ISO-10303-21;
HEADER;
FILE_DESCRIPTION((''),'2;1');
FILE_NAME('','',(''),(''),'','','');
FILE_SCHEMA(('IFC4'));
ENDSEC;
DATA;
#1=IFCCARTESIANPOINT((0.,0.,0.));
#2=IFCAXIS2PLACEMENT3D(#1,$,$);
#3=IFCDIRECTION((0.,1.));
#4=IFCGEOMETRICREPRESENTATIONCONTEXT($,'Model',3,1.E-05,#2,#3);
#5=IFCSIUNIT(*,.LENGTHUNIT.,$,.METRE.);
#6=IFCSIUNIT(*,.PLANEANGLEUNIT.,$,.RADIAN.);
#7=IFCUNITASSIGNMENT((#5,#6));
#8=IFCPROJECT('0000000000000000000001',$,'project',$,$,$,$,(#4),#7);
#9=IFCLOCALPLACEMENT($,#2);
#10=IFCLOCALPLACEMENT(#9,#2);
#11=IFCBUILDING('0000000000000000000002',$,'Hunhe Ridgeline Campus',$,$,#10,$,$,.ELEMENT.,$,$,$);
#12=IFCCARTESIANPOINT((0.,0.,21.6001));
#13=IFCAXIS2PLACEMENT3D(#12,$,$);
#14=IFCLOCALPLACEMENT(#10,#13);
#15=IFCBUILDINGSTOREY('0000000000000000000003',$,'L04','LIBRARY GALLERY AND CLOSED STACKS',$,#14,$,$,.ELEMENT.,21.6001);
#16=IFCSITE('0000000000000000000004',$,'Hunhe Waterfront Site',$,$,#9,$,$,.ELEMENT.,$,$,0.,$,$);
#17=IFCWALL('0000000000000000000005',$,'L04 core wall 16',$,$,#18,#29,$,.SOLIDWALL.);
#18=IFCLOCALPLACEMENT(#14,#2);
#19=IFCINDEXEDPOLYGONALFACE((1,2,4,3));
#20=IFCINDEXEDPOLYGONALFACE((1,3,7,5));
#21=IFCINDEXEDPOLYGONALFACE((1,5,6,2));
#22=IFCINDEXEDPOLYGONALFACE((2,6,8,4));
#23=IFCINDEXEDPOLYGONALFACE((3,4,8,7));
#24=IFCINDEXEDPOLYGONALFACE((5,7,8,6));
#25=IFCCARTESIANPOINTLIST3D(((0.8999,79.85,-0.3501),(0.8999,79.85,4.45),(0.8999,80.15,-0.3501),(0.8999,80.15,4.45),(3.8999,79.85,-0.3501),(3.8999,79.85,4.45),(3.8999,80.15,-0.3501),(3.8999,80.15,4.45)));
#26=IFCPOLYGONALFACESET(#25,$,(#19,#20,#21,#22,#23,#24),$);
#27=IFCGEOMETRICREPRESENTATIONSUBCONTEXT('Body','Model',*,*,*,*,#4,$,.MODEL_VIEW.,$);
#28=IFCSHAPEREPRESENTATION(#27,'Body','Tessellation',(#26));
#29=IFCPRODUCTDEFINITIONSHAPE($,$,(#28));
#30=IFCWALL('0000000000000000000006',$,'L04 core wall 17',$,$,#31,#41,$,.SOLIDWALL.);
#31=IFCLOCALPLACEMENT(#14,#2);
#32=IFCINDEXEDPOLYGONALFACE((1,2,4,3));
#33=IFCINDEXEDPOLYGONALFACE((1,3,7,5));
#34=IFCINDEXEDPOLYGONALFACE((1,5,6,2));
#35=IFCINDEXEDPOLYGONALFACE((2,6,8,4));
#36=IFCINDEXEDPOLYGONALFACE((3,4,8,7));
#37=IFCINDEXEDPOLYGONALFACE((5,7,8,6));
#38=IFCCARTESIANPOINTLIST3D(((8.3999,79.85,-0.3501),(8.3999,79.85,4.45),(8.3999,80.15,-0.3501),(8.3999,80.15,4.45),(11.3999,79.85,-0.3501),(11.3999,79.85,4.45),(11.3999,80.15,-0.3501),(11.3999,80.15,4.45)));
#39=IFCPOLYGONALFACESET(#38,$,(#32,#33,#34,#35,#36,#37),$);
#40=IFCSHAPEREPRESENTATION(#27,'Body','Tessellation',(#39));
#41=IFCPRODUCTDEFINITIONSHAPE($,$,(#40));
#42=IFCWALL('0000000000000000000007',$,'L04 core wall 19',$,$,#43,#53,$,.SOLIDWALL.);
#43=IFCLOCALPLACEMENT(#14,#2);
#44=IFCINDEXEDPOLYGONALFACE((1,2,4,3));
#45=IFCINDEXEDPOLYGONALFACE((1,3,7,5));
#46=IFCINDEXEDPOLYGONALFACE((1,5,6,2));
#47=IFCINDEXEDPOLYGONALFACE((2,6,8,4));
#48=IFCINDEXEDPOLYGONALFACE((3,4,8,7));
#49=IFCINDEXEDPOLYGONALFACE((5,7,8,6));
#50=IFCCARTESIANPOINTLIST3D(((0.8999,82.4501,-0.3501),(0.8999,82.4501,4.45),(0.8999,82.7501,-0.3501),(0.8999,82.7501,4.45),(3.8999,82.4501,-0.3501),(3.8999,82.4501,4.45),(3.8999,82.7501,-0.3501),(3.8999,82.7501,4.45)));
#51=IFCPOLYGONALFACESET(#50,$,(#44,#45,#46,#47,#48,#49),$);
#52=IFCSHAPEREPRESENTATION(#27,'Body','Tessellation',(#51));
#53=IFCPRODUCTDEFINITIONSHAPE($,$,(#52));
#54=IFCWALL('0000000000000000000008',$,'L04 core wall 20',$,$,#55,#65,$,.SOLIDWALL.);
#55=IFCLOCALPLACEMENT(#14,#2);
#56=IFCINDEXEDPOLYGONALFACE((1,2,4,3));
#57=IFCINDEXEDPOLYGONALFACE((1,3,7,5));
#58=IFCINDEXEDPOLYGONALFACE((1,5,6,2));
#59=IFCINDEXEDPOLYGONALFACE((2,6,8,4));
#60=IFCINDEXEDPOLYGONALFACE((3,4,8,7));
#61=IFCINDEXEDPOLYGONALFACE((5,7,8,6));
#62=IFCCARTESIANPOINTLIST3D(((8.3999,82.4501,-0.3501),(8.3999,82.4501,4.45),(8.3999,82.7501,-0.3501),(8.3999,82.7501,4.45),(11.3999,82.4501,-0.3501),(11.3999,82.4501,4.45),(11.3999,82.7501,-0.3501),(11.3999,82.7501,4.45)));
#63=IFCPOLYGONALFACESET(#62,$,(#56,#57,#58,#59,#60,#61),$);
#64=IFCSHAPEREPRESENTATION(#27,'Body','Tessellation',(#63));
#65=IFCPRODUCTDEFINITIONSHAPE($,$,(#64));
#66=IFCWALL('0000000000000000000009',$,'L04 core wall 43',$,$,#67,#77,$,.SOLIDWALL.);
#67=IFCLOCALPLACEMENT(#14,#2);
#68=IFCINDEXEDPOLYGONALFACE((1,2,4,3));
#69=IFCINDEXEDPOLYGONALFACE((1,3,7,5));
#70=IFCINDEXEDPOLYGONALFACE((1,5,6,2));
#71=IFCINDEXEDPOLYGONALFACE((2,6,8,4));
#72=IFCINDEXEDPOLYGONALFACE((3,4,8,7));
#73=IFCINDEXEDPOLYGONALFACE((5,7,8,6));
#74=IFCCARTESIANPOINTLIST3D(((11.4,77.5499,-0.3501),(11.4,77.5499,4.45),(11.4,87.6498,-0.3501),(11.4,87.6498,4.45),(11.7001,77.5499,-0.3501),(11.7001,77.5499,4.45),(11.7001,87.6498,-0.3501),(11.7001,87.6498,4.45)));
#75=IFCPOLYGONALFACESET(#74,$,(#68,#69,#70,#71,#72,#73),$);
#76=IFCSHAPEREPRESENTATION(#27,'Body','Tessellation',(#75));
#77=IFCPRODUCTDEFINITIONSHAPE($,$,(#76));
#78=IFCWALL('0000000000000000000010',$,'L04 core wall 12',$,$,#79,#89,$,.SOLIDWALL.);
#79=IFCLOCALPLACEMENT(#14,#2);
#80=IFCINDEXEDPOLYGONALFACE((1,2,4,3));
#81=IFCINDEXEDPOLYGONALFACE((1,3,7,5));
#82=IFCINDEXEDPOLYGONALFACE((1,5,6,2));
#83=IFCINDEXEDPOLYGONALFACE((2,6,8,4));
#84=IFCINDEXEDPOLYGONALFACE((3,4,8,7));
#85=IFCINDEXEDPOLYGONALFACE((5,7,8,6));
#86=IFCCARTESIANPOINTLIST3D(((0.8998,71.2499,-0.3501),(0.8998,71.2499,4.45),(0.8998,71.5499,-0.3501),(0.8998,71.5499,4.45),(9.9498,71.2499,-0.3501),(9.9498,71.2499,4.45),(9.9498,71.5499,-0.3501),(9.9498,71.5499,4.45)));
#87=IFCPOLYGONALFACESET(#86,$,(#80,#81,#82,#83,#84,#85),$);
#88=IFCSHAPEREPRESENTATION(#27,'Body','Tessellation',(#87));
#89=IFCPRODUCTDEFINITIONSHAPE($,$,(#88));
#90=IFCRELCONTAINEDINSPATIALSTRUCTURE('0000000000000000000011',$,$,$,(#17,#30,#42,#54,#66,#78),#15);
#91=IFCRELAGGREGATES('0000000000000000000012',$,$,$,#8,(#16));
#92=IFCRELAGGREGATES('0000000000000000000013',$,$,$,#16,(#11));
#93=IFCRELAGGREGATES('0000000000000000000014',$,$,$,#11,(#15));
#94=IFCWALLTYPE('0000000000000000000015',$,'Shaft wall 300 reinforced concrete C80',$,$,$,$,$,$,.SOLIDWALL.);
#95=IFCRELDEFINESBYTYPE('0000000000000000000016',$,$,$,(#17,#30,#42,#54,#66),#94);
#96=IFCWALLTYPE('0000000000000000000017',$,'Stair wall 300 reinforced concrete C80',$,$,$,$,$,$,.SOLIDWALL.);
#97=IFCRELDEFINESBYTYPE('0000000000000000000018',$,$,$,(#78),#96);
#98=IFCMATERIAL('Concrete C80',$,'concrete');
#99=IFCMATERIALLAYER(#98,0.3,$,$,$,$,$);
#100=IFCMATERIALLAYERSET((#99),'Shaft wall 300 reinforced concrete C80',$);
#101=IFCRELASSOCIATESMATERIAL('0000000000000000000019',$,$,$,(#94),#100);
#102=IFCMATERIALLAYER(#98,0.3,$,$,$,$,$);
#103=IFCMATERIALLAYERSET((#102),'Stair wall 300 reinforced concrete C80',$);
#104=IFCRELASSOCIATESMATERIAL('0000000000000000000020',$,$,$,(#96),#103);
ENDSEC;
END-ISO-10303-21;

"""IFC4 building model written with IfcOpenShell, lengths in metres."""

from ifc_helpers import new_model, si_unit, direction, frame, frame_2d, origin, place, context, subcontext, project, spatial, rectangle, extrude, material, layer, layer_set, type_object, element, save


model = new_model("IFC4")

# Units and contexts
model_context = context("Model", 3, precision=1e-05, world=origin(), true_north=direction((0.0, 1.0)))
body_context = subcontext(model_context, "Body", "Model", "MODEL_VIEW")
ifc_project = project(units=[si_unit("LENGTHUNIT", "METRE"), si_unit("PLANEANGLEUNIT", "RADIAN")], contexts=[model_context])

# Site, building, storey
site_placement = place(None, origin())
site = spatial("IfcSite", under=ifc_project, at=site_placement, Name="Hunhe Waterfront Site", CompositionType="ELEMENT", RefElevation=0.0)
building_placement = place(site_placement, origin())
building = spatial("IfcBuilding", under=site, at=building_placement, Name="Hunhe Ridgeline Campus", CompositionType="ELEMENT")
storey_placement = place(building_placement, frame((0.0, 0.0, 21.6001)))
storey = spatial("IfcBuildingStorey", under=building, at=storey_placement, Name="L04", Description="LIBRARY GALLERY AND CLOSED STACKS", CompositionType="ELEMENT", Elevation=21.6001)

# Shared definitions
ifc_material_1 = material(Name="Concrete C80", Category="concrete")
ifc_layer_1 = layer(ifc_material_1, 0.3)
ifc_layer_set_1 = layer_set([ifc_layer_1], Name="Shaft wall 300 reinforced concrete C80")
wall_type_1 = type_object("IfcWallType", Name="Shaft wall 300 reinforced concrete C80", PredefinedType="SOLIDWALL", material=ifc_layer_set_1)

# Walls
for number, where, z_axis, x_axis, name in (
    (1, (0.8999, 80.0, -0.3501), (0.0, 0.0, 1.0), (1.0, 0.0, 0.0), "L04 core wall 16"),
    (2, (8.3999, 80.0, -0.3501), (0.0, 0.0, 1.0), (1.0, 0.0, 0.0), "L04 core wall 17"),
    (3, (0.8999, 82.6001, -0.3501), (0.0, 0.0, 1.0), (1.0, 0.0, 0.0), "L04 core wall 19"),
    (4, (8.3999, 82.6001, -0.3501), (0.0, 0.0, 1.0), (1.0, 0.0, 0.0), "L04 core wall 20"),
):
    element("IfcWall", number, at=place(storey_placement, frame(where, z_axis=z_axis, x_axis=x_axis)), inside=storey, type_object=wall_type_1, Name=name, PredefinedType="SOLIDWALL", context=body_context, shape_type="SweptSolid", body=[
        extrude(rectangle(XDim=3.0, YDim=0.3, at=frame_2d((1.5, 0.0))), origin(), (0.0, 0.0, 1.0), 4.8),
    ])

# Walls
wall_1_placement = place(storey_placement, frame((11.55, 77.55, -0.3501), z_axis=(0.0, 0.0, 1.0), x_axis=(0.0, 1.0, 0.0)))
element("IfcWall", 5, at=wall_1_placement, inside=storey, type_object=wall_type_1, Name="L04 core wall 43", PredefinedType="SOLIDWALL", context=body_context, shape_type="SweptSolid", body=[
    extrude(rectangle(XDim=10.0999, YDim=0.3, at=frame_2d((5.0498, 0.0))), origin(), (0.0, 0.0, 1.0), 4.8),
])
ifc_layer_2 = layer(ifc_material_1, 0.3)
ifc_layer_set_2 = layer_set([ifc_layer_2], Name="Stair wall 300 reinforced concrete C80")
wall_type_2 = type_object("IfcWallType", Name="Stair wall 300 reinforced concrete C80", PredefinedType="SOLIDWALL", material=ifc_layer_set_2)
wall_2_placement = place(storey_placement, frame((0.8999, 71.3999, -0.3501), z_axis=(0.0, 0.0, 1.0), x_axis=(1.0, 0.0, 0.0)))
element("IfcWall", 6, at=wall_2_placement, inside=storey, type_object=wall_type_2, Name="L04 core wall 12", PredefinedType="SOLIDWALL", context=body_context, shape_type="SweptSolid", body=[
    extrude(rectangle(XDim=9.05, YDim=0.3, at=frame_2d((4.5249, 0.0))), origin(), (0.0, 0.0, 1.0), 4.8),
])

save(model, "model.ifc")
